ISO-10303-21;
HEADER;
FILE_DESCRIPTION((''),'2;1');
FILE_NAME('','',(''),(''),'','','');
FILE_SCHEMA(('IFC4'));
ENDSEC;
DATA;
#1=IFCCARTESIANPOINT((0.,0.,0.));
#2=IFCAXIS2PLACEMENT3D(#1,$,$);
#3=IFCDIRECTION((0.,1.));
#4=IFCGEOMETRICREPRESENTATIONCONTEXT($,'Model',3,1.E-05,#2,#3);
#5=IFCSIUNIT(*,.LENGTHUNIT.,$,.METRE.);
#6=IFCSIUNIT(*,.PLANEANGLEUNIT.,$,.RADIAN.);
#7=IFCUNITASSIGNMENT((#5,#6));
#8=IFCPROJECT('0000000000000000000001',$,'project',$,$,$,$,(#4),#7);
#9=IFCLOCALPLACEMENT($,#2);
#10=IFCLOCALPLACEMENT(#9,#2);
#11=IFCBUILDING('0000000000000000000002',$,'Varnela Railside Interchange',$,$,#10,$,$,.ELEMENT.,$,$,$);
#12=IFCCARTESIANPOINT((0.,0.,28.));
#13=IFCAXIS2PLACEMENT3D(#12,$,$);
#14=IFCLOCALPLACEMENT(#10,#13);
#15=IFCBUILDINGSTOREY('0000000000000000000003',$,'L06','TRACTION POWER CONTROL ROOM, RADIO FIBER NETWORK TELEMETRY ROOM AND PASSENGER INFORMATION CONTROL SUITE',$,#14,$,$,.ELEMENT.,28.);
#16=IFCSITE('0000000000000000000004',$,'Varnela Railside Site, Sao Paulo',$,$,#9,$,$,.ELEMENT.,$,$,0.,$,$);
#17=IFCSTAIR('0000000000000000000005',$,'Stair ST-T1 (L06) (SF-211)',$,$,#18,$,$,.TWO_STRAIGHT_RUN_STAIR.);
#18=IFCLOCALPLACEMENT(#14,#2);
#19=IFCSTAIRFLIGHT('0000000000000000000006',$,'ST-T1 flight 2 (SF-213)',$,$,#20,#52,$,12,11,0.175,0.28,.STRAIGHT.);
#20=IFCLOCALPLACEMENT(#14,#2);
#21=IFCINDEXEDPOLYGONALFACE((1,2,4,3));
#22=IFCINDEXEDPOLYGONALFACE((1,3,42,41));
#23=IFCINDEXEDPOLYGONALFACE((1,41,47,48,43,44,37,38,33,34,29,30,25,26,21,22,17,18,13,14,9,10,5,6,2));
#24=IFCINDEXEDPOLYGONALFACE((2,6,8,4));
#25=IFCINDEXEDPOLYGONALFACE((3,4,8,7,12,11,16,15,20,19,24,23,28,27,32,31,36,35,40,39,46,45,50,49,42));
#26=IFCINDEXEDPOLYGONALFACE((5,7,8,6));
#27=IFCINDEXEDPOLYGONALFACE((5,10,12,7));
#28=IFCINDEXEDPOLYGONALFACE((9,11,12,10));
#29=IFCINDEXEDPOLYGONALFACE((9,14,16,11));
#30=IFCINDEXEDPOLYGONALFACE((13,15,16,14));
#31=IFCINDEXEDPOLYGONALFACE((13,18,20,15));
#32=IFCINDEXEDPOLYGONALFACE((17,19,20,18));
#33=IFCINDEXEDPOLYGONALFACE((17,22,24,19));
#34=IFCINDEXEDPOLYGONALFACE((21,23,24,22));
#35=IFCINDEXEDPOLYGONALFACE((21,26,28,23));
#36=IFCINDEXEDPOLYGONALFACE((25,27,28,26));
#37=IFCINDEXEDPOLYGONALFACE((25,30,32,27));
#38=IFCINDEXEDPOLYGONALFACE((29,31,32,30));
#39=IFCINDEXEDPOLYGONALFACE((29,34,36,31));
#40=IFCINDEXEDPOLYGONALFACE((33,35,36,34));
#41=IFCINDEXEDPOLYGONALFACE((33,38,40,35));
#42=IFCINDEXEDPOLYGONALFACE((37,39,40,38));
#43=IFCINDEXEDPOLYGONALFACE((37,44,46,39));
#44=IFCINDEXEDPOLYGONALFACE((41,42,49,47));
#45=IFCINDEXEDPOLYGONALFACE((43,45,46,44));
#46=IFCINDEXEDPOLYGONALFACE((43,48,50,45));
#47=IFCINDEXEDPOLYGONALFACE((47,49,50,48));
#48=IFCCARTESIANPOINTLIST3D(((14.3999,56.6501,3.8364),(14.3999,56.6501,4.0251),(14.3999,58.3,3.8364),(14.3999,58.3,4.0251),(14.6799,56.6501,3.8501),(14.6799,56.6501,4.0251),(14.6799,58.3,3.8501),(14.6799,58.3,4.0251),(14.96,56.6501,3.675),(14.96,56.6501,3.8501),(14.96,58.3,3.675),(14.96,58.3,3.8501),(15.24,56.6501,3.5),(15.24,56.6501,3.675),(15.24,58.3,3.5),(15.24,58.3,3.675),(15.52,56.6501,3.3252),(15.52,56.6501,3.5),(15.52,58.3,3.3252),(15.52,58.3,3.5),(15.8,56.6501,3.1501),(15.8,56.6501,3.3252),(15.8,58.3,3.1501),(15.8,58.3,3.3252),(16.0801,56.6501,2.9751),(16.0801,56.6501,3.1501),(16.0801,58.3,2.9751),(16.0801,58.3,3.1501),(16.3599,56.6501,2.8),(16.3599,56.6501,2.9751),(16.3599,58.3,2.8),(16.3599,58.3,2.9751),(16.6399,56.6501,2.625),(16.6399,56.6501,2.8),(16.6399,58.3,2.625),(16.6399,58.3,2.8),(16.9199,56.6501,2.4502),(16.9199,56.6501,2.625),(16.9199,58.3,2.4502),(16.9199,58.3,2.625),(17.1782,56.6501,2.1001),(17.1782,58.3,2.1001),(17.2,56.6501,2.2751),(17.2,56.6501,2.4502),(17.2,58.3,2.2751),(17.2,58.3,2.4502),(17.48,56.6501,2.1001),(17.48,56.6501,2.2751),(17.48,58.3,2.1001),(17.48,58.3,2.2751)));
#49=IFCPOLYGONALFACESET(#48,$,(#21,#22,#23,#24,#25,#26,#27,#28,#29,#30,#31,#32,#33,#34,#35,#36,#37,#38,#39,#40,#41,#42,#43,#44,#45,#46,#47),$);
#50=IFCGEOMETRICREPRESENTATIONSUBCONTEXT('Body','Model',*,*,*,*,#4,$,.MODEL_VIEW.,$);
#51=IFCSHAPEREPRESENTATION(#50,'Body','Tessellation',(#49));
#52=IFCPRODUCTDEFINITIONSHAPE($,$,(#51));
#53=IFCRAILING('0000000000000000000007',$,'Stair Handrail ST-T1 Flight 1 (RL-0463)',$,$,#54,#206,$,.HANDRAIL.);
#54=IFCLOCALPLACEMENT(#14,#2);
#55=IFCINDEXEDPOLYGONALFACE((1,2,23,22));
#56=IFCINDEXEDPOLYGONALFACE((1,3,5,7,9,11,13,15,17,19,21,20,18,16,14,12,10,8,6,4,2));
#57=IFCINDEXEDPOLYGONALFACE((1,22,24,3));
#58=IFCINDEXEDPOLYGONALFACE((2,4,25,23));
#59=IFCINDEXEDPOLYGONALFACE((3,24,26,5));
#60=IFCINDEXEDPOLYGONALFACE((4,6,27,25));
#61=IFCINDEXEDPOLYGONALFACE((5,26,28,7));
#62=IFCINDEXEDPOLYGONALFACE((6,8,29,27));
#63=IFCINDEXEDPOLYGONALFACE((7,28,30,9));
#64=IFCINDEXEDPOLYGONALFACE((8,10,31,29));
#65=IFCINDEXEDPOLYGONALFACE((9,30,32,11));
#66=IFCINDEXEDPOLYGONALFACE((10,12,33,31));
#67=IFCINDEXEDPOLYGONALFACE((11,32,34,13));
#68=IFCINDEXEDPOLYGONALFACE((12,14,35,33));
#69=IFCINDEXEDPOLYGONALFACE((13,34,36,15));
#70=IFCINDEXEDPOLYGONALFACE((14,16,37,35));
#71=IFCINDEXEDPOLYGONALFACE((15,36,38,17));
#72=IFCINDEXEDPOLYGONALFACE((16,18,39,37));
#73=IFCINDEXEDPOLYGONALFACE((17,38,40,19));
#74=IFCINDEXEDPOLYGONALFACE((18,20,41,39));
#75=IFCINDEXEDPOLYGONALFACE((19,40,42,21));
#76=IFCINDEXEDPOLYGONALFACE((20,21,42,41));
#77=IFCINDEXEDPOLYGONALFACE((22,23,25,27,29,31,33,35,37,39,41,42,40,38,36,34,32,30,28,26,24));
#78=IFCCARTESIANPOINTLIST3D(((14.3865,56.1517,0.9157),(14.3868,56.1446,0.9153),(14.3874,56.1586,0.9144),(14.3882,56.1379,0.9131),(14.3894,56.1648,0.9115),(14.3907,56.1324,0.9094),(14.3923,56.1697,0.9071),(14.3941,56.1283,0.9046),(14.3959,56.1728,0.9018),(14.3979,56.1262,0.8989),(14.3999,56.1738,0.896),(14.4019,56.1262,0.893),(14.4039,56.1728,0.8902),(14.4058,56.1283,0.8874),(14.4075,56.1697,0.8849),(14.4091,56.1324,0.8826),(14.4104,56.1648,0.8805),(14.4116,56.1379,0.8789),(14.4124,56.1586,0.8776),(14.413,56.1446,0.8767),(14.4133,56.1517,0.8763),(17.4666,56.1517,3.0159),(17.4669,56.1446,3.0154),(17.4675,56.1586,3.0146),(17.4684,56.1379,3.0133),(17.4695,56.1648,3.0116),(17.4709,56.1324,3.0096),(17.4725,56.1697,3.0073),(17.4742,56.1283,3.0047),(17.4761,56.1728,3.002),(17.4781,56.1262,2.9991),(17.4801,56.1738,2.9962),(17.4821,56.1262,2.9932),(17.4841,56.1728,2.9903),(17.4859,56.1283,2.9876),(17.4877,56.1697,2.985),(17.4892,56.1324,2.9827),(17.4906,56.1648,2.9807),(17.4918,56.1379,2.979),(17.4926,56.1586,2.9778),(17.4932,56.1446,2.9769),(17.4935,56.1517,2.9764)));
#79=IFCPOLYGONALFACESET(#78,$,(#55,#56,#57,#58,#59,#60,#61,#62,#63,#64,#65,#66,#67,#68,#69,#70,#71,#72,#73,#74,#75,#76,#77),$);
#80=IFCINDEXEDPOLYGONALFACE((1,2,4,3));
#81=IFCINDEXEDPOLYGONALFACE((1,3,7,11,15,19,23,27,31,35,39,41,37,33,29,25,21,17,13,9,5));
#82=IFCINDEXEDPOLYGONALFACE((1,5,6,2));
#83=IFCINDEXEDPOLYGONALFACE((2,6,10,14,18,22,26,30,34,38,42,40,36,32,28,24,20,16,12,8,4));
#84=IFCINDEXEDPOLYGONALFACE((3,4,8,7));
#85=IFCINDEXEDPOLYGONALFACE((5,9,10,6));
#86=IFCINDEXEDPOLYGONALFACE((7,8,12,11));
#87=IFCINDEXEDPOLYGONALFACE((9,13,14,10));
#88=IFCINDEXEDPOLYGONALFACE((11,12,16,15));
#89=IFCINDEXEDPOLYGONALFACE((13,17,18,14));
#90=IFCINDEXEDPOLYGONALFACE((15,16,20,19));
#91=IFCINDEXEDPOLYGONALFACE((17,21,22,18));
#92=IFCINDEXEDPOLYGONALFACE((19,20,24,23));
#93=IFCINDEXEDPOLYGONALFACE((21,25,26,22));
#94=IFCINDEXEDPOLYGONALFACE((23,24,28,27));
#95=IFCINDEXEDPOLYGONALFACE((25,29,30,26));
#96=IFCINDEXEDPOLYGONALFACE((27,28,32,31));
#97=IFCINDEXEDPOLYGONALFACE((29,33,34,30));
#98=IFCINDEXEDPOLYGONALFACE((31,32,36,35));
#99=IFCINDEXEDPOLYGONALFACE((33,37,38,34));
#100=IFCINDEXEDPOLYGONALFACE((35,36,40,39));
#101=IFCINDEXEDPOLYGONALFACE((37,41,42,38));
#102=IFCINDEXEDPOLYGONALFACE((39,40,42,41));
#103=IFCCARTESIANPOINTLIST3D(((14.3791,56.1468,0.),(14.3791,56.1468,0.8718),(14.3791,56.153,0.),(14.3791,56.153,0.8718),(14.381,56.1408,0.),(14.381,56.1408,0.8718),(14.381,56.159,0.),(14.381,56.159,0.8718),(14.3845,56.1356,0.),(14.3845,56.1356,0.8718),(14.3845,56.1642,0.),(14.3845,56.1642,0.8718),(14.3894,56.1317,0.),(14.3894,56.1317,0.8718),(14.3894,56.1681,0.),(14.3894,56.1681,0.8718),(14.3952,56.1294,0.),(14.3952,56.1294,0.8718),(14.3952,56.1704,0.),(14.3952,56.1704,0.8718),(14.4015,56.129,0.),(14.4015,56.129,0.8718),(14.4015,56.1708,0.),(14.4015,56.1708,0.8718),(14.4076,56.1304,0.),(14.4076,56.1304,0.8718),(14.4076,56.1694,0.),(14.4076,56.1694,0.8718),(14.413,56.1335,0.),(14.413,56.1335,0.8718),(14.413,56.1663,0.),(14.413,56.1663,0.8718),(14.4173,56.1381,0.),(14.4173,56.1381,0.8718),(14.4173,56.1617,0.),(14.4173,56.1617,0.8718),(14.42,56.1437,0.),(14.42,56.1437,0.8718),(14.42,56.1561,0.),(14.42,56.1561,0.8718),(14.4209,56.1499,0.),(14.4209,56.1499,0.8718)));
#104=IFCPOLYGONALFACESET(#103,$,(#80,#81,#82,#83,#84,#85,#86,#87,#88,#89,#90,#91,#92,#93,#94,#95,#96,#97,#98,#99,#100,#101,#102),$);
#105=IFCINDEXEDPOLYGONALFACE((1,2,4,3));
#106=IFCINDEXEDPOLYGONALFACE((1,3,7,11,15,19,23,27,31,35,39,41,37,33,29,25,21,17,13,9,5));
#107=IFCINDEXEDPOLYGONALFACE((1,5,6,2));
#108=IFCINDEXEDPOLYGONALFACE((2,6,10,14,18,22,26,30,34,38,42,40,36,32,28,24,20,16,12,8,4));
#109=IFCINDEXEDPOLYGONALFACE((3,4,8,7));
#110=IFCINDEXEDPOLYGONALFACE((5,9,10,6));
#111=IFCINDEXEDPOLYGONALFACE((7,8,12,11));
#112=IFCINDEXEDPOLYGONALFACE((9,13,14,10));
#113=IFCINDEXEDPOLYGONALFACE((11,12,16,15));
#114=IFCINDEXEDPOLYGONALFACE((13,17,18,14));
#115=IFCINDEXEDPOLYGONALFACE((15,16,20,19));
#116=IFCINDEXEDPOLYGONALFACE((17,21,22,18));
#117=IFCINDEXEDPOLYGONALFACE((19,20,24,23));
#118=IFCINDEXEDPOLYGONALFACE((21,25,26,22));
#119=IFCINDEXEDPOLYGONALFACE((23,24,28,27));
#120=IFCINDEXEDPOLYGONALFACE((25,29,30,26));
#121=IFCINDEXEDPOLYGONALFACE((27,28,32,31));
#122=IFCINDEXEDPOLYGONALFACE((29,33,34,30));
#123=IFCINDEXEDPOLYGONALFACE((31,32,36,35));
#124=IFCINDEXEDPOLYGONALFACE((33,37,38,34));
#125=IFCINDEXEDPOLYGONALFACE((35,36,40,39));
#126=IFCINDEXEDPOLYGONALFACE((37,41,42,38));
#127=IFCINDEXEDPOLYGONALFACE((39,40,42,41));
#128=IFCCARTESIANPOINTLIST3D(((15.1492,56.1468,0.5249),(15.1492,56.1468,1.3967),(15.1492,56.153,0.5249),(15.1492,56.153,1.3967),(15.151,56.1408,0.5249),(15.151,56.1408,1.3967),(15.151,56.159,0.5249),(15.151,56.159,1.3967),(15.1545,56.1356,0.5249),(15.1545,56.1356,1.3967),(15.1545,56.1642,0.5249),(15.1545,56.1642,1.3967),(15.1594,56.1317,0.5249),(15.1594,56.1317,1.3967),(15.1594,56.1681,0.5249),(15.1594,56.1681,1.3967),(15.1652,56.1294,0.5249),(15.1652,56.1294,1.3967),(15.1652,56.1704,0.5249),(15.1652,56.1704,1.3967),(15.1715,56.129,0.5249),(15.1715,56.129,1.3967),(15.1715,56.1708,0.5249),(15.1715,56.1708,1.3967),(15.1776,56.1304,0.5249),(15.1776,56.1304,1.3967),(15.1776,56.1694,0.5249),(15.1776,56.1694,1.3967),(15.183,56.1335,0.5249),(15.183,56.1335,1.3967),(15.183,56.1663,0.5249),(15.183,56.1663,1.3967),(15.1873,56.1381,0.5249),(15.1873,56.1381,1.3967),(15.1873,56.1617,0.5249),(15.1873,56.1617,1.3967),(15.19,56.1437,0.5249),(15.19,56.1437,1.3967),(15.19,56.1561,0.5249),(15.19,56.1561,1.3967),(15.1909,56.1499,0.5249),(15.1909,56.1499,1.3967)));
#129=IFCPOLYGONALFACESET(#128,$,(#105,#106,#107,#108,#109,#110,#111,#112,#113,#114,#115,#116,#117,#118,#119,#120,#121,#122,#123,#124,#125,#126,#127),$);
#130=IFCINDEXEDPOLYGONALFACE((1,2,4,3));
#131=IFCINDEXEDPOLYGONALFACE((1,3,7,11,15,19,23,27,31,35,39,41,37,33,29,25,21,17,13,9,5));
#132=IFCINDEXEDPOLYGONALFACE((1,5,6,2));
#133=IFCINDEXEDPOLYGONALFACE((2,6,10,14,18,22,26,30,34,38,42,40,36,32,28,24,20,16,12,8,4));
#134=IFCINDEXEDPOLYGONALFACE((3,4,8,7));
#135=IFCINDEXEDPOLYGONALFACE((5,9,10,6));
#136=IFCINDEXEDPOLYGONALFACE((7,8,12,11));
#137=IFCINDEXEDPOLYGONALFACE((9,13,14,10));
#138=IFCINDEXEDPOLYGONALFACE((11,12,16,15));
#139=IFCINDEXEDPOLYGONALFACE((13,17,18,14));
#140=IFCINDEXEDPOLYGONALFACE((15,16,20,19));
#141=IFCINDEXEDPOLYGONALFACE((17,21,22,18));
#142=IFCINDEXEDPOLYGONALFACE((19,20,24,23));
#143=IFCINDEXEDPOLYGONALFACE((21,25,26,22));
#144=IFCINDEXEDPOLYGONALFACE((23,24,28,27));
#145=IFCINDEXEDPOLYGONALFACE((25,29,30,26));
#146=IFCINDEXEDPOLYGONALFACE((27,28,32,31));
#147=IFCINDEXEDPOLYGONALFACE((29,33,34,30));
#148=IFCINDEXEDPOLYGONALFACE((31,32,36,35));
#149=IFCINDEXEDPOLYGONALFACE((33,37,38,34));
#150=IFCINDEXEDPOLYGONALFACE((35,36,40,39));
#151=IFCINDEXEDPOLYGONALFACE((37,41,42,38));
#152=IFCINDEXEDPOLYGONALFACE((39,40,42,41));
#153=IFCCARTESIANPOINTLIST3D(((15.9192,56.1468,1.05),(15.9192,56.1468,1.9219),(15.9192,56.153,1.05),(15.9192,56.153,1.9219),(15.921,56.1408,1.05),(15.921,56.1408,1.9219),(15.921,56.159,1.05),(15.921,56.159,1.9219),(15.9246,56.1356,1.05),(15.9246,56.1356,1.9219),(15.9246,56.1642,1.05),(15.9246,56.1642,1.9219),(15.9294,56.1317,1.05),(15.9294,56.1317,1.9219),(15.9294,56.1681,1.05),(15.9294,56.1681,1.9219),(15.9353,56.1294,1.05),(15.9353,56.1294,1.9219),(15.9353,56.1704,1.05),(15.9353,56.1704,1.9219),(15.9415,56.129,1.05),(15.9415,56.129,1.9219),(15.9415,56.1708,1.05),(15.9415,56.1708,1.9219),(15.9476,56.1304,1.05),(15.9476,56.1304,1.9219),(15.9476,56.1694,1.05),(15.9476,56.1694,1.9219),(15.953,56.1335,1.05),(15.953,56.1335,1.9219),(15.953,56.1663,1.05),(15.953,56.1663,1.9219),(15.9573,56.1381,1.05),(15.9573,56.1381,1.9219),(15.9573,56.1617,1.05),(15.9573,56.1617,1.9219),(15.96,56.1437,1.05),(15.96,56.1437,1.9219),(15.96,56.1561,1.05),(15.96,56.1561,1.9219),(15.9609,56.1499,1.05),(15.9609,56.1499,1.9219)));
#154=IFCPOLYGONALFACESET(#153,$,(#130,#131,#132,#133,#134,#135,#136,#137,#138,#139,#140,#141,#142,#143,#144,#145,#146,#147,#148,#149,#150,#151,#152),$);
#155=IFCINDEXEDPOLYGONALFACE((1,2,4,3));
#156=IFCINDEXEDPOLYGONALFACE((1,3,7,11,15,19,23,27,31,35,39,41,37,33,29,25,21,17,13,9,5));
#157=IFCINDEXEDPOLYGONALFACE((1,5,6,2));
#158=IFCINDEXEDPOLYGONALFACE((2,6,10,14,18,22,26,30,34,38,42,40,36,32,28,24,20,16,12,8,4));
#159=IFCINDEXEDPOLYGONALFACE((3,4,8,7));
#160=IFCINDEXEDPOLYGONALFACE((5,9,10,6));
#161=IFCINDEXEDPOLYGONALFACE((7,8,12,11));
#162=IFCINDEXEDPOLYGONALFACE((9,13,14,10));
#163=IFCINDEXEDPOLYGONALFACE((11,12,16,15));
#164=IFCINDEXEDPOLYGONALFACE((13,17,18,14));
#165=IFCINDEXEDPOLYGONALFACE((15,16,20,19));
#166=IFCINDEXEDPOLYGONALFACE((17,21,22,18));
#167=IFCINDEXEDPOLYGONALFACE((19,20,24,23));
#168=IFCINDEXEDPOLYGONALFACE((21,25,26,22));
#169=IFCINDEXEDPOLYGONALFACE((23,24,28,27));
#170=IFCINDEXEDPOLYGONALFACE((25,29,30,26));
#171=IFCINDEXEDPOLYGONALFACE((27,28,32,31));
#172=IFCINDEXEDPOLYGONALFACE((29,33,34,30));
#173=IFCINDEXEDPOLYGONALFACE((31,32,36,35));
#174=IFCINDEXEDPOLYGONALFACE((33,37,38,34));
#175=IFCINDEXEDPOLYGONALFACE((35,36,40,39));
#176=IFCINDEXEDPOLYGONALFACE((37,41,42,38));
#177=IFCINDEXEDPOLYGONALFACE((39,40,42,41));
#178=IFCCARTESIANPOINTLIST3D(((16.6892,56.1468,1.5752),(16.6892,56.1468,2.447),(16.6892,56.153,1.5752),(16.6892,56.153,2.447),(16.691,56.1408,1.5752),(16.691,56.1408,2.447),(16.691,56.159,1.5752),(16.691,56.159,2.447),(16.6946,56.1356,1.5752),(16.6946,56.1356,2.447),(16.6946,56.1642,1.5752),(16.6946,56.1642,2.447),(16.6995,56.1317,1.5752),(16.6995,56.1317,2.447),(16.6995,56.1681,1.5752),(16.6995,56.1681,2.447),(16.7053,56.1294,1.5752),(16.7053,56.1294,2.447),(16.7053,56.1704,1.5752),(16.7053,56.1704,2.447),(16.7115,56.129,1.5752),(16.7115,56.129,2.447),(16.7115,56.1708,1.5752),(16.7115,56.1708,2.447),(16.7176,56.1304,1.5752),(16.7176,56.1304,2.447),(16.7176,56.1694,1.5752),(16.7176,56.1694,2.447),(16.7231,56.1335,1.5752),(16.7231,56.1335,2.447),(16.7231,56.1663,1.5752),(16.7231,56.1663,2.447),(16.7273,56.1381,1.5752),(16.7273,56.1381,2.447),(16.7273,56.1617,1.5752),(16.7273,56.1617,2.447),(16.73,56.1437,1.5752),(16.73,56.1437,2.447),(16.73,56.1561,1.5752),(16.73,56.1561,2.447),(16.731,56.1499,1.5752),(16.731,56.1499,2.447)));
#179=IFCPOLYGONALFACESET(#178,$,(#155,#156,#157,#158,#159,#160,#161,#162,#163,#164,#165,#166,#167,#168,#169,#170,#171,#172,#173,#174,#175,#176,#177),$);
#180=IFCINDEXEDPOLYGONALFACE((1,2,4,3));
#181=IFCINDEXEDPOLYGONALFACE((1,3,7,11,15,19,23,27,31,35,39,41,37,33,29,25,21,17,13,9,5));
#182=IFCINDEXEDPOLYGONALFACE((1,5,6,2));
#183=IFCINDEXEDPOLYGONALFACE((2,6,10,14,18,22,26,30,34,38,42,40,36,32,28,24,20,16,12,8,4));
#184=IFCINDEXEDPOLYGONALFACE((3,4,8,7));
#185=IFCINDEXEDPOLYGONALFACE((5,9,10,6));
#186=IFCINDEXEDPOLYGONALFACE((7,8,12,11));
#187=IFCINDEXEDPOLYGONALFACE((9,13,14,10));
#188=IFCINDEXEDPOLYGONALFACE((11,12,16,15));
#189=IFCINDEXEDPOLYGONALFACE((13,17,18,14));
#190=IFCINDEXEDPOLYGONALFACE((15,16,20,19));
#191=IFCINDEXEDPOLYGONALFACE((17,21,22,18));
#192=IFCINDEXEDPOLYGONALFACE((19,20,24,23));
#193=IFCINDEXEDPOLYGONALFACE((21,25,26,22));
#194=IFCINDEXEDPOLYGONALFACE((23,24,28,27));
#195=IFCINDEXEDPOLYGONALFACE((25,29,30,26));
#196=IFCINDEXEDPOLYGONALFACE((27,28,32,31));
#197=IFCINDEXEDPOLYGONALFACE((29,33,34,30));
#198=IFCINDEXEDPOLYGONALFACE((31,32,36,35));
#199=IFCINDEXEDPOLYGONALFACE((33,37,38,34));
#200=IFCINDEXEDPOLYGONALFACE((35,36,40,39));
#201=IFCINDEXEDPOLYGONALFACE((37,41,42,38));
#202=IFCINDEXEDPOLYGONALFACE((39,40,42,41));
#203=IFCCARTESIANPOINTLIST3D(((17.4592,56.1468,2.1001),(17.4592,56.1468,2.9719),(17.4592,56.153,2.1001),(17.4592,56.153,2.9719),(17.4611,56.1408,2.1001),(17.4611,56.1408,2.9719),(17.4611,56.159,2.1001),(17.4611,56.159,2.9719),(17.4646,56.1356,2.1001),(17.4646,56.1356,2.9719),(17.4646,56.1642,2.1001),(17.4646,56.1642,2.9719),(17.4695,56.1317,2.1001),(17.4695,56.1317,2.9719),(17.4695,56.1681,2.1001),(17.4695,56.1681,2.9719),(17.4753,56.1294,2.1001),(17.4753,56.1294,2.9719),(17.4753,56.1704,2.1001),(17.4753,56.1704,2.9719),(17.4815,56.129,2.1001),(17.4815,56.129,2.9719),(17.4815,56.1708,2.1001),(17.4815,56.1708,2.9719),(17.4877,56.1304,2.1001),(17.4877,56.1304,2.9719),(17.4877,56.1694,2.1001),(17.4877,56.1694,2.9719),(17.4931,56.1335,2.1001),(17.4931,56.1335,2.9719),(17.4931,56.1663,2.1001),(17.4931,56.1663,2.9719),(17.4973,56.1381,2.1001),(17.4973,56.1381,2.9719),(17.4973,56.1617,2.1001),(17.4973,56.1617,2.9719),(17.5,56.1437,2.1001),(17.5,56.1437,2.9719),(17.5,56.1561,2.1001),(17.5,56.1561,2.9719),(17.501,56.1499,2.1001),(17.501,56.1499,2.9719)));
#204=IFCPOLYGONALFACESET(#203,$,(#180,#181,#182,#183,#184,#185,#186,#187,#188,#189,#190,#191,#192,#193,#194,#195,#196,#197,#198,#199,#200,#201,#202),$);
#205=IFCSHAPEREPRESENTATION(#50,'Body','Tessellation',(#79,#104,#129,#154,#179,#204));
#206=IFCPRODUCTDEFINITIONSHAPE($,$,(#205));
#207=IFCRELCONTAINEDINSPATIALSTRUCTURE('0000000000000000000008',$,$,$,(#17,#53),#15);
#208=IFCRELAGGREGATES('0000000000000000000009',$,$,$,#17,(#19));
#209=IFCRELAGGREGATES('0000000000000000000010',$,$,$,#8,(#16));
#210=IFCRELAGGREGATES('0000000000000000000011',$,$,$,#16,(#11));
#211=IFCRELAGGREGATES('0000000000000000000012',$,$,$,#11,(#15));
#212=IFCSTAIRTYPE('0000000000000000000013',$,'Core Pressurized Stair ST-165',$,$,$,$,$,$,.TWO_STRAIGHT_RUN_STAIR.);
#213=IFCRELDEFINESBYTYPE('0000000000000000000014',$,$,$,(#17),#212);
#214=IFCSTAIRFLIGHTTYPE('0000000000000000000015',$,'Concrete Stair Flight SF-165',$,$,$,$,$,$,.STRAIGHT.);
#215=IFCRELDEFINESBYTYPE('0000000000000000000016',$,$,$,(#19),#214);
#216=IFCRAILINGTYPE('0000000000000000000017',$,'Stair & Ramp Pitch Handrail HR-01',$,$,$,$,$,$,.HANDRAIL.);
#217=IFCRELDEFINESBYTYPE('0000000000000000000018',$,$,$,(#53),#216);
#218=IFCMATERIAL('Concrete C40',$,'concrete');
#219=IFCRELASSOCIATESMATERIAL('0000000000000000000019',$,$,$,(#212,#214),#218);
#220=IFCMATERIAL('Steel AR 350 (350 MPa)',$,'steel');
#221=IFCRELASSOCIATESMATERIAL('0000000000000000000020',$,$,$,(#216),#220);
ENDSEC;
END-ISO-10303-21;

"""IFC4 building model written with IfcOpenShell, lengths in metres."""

from ifc_helpers import new_model, si_unit, direction, frame, origin, origin_2d, place, context, subcontext, project, spatial, polyline, circle, outline, extrude, material, type_object, element, aggregate, save


model = new_model("IFC4")

# Units and contexts
model_context = context("Model", 3, precision=1e-05, world=origin(), true_north=direction((0.0, 1.0)))
body_context = subcontext(model_context, "Body", "Model", "MODEL_VIEW")
ifc_project = project(units=[si_unit("LENGTHUNIT", "METRE"), si_unit("PLANEANGLEUNIT", "RADIAN")], contexts=[model_context])

# Site, building, storey
site_placement = place(None, origin())
site = spatial("IfcSite", under=ifc_project, at=site_placement, Name="Varnela Railside Site, Sao Paulo", CompositionType="ELEMENT", RefElevation=0.0)
building_placement = place(site_placement, origin())
building = spatial("IfcBuilding", under=site, at=building_placement, Name="Varnela Railside Interchange", CompositionType="ELEMENT")
storey_placement = place(building_placement, frame((0.0, 0.0, 28.0)))
storey = spatial("IfcBuildingStorey", under=building, at=storey_placement, Name="L06", Description="TRACTION POWER CONTROL ROOM, RADIO FIBER NETWORK TELEMETRY ROOM AND PASSENGER INFORMATION CONTROL SUITE", CompositionType="ELEMENT", Elevation=28.0)

# Shared definitions
ifc_material_1 = material(Name="Steel AR 350 (350 MPa)", Category="steel")

# Shared definitions
ifc_material_2 = material(Name="Concrete C40", Category="concrete")

# Stair, stair flight
stair_type = type_object("IfcStairType", Name="Core Pressurized Stair ST-165", PredefinedType="TWO_STRAIGHT_RUN_STAIR", material=ifc_material_2)
stair_placement = place(storey_placement, origin())
stair = element("IfcStair", 1, at=stair_placement, inside=storey, type_object=stair_type, Name="Stair ST-T1 (L06) (SF-211)", PredefinedType="TWO_STRAIGHT_RUN_STAIR")
stair_flight_type = type_object("IfcStairFlightType", Name="Concrete Stair Flight SF-165", PredefinedType="STRAIGHT", material=ifc_material_2)
stair_flight_1_placement = place(storey_placement, frame((17.48, 57.4751, 2.1001), z_axis=(0.0, 0.0, 1.0), x_axis=(-1.0, 0.0, 0.0)))
stair_flight_1 = element("IfcStairFlight", 2, at=stair_flight_1_placement, type_object=stair_flight_type, Name="ST-T1 flight 2 (SF-213)", NumberOfRisers=12, NumberOfTreads=11, PredefinedType="STRAIGHT", RiserHeight=0.175, TreadLength=0.28, context=body_context, shape_type="SweptSolid", body=[
    extrude(outline(polyline([(0.0, 0.0), (0.0, 0.175), (0.28, 0.175), (0.28, 0.3501), (0.5601, 0.3501), (0.5601, 0.5249), (0.8401, 0.5249), (0.8401, 0.7), (1.1201, 0.7), (1.1201, 0.875), (1.3999, 0.875), (1.3999, 1.05), (1.6799, 1.05), (1.6799, 1.2251), (1.96, 1.2251), (1.96, 1.3999), (2.24, 1.3999), (2.24, 1.575), (2.52, 1.575), (2.52, 1.75), (2.8, 1.75), (2.8, 1.925), (3.0801, 1.925), (3.0801, 2.1001), (3.0801, 1.7363), (0.3018, 0.0), (0.0, 0.0)])), frame((0.0, 0.825, 0.0), z_axis=(0.0, -1.0, 0.0), x_axis=(1.0, 0.0, 0.0)), (0.0, 0.0, 1.0), 1.6499),
])
aggregate(stair, [stair_flight_1])

# Railing
railing_type_1 = type_object("IfcRailingType", Name="Stair & Ramp Pitch Handrail HR-01", PredefinedType="HANDRAIL", material=ifc_material_1)
railing_1_placement = place(storey_placement, frame((14.3999, 56.1499, 0.0)))
element("IfcRailing", 3, at=railing_1_placement, inside=storey, type_object=railing_type_1, Name="Stair Handrail ST-T1 Flight 1 (RL-0463)", PredefinedType="HANDRAIL", context=body_context, shape_type="SweptSolid", body=[
    extrude(circle(Radius=0.0239, at=origin_2d()), frame((0.0, 0.0, 0.896), z_axis=(0.826222, 0.0, 0.563345), x_axis=(0.0, 1.0, 0.0)), (0.0, 0.0, 1.0), 3.728),
    extrude(circle(Radius=0.021, at=origin_2d()), origin(), (0.0, 0.0, 1.0), 0.8718),
    extrude(circle(Radius=0.021, at=origin_2d()), frame((0.77, 0.0, 0.5249)), (0.0, 0.0, 1.0), 0.8718),
    extrude(circle(Radius=0.021, at=origin_2d()), frame((1.54, 0.0, 1.05)), (0.0, 0.0, 1.0), 0.8718),
    extrude(circle(Radius=0.021, at=origin_2d()), frame((2.3101, 0.0, 1.5752)), (0.0, 0.0, 1.0), 0.8718),
    extrude(circle(Radius=0.021, at=origin_2d()), frame((3.0801, 0.0, 2.1001)), (0.0, 0.0, 1.0), 0.8718),
])

save(model, "model.ifc")
